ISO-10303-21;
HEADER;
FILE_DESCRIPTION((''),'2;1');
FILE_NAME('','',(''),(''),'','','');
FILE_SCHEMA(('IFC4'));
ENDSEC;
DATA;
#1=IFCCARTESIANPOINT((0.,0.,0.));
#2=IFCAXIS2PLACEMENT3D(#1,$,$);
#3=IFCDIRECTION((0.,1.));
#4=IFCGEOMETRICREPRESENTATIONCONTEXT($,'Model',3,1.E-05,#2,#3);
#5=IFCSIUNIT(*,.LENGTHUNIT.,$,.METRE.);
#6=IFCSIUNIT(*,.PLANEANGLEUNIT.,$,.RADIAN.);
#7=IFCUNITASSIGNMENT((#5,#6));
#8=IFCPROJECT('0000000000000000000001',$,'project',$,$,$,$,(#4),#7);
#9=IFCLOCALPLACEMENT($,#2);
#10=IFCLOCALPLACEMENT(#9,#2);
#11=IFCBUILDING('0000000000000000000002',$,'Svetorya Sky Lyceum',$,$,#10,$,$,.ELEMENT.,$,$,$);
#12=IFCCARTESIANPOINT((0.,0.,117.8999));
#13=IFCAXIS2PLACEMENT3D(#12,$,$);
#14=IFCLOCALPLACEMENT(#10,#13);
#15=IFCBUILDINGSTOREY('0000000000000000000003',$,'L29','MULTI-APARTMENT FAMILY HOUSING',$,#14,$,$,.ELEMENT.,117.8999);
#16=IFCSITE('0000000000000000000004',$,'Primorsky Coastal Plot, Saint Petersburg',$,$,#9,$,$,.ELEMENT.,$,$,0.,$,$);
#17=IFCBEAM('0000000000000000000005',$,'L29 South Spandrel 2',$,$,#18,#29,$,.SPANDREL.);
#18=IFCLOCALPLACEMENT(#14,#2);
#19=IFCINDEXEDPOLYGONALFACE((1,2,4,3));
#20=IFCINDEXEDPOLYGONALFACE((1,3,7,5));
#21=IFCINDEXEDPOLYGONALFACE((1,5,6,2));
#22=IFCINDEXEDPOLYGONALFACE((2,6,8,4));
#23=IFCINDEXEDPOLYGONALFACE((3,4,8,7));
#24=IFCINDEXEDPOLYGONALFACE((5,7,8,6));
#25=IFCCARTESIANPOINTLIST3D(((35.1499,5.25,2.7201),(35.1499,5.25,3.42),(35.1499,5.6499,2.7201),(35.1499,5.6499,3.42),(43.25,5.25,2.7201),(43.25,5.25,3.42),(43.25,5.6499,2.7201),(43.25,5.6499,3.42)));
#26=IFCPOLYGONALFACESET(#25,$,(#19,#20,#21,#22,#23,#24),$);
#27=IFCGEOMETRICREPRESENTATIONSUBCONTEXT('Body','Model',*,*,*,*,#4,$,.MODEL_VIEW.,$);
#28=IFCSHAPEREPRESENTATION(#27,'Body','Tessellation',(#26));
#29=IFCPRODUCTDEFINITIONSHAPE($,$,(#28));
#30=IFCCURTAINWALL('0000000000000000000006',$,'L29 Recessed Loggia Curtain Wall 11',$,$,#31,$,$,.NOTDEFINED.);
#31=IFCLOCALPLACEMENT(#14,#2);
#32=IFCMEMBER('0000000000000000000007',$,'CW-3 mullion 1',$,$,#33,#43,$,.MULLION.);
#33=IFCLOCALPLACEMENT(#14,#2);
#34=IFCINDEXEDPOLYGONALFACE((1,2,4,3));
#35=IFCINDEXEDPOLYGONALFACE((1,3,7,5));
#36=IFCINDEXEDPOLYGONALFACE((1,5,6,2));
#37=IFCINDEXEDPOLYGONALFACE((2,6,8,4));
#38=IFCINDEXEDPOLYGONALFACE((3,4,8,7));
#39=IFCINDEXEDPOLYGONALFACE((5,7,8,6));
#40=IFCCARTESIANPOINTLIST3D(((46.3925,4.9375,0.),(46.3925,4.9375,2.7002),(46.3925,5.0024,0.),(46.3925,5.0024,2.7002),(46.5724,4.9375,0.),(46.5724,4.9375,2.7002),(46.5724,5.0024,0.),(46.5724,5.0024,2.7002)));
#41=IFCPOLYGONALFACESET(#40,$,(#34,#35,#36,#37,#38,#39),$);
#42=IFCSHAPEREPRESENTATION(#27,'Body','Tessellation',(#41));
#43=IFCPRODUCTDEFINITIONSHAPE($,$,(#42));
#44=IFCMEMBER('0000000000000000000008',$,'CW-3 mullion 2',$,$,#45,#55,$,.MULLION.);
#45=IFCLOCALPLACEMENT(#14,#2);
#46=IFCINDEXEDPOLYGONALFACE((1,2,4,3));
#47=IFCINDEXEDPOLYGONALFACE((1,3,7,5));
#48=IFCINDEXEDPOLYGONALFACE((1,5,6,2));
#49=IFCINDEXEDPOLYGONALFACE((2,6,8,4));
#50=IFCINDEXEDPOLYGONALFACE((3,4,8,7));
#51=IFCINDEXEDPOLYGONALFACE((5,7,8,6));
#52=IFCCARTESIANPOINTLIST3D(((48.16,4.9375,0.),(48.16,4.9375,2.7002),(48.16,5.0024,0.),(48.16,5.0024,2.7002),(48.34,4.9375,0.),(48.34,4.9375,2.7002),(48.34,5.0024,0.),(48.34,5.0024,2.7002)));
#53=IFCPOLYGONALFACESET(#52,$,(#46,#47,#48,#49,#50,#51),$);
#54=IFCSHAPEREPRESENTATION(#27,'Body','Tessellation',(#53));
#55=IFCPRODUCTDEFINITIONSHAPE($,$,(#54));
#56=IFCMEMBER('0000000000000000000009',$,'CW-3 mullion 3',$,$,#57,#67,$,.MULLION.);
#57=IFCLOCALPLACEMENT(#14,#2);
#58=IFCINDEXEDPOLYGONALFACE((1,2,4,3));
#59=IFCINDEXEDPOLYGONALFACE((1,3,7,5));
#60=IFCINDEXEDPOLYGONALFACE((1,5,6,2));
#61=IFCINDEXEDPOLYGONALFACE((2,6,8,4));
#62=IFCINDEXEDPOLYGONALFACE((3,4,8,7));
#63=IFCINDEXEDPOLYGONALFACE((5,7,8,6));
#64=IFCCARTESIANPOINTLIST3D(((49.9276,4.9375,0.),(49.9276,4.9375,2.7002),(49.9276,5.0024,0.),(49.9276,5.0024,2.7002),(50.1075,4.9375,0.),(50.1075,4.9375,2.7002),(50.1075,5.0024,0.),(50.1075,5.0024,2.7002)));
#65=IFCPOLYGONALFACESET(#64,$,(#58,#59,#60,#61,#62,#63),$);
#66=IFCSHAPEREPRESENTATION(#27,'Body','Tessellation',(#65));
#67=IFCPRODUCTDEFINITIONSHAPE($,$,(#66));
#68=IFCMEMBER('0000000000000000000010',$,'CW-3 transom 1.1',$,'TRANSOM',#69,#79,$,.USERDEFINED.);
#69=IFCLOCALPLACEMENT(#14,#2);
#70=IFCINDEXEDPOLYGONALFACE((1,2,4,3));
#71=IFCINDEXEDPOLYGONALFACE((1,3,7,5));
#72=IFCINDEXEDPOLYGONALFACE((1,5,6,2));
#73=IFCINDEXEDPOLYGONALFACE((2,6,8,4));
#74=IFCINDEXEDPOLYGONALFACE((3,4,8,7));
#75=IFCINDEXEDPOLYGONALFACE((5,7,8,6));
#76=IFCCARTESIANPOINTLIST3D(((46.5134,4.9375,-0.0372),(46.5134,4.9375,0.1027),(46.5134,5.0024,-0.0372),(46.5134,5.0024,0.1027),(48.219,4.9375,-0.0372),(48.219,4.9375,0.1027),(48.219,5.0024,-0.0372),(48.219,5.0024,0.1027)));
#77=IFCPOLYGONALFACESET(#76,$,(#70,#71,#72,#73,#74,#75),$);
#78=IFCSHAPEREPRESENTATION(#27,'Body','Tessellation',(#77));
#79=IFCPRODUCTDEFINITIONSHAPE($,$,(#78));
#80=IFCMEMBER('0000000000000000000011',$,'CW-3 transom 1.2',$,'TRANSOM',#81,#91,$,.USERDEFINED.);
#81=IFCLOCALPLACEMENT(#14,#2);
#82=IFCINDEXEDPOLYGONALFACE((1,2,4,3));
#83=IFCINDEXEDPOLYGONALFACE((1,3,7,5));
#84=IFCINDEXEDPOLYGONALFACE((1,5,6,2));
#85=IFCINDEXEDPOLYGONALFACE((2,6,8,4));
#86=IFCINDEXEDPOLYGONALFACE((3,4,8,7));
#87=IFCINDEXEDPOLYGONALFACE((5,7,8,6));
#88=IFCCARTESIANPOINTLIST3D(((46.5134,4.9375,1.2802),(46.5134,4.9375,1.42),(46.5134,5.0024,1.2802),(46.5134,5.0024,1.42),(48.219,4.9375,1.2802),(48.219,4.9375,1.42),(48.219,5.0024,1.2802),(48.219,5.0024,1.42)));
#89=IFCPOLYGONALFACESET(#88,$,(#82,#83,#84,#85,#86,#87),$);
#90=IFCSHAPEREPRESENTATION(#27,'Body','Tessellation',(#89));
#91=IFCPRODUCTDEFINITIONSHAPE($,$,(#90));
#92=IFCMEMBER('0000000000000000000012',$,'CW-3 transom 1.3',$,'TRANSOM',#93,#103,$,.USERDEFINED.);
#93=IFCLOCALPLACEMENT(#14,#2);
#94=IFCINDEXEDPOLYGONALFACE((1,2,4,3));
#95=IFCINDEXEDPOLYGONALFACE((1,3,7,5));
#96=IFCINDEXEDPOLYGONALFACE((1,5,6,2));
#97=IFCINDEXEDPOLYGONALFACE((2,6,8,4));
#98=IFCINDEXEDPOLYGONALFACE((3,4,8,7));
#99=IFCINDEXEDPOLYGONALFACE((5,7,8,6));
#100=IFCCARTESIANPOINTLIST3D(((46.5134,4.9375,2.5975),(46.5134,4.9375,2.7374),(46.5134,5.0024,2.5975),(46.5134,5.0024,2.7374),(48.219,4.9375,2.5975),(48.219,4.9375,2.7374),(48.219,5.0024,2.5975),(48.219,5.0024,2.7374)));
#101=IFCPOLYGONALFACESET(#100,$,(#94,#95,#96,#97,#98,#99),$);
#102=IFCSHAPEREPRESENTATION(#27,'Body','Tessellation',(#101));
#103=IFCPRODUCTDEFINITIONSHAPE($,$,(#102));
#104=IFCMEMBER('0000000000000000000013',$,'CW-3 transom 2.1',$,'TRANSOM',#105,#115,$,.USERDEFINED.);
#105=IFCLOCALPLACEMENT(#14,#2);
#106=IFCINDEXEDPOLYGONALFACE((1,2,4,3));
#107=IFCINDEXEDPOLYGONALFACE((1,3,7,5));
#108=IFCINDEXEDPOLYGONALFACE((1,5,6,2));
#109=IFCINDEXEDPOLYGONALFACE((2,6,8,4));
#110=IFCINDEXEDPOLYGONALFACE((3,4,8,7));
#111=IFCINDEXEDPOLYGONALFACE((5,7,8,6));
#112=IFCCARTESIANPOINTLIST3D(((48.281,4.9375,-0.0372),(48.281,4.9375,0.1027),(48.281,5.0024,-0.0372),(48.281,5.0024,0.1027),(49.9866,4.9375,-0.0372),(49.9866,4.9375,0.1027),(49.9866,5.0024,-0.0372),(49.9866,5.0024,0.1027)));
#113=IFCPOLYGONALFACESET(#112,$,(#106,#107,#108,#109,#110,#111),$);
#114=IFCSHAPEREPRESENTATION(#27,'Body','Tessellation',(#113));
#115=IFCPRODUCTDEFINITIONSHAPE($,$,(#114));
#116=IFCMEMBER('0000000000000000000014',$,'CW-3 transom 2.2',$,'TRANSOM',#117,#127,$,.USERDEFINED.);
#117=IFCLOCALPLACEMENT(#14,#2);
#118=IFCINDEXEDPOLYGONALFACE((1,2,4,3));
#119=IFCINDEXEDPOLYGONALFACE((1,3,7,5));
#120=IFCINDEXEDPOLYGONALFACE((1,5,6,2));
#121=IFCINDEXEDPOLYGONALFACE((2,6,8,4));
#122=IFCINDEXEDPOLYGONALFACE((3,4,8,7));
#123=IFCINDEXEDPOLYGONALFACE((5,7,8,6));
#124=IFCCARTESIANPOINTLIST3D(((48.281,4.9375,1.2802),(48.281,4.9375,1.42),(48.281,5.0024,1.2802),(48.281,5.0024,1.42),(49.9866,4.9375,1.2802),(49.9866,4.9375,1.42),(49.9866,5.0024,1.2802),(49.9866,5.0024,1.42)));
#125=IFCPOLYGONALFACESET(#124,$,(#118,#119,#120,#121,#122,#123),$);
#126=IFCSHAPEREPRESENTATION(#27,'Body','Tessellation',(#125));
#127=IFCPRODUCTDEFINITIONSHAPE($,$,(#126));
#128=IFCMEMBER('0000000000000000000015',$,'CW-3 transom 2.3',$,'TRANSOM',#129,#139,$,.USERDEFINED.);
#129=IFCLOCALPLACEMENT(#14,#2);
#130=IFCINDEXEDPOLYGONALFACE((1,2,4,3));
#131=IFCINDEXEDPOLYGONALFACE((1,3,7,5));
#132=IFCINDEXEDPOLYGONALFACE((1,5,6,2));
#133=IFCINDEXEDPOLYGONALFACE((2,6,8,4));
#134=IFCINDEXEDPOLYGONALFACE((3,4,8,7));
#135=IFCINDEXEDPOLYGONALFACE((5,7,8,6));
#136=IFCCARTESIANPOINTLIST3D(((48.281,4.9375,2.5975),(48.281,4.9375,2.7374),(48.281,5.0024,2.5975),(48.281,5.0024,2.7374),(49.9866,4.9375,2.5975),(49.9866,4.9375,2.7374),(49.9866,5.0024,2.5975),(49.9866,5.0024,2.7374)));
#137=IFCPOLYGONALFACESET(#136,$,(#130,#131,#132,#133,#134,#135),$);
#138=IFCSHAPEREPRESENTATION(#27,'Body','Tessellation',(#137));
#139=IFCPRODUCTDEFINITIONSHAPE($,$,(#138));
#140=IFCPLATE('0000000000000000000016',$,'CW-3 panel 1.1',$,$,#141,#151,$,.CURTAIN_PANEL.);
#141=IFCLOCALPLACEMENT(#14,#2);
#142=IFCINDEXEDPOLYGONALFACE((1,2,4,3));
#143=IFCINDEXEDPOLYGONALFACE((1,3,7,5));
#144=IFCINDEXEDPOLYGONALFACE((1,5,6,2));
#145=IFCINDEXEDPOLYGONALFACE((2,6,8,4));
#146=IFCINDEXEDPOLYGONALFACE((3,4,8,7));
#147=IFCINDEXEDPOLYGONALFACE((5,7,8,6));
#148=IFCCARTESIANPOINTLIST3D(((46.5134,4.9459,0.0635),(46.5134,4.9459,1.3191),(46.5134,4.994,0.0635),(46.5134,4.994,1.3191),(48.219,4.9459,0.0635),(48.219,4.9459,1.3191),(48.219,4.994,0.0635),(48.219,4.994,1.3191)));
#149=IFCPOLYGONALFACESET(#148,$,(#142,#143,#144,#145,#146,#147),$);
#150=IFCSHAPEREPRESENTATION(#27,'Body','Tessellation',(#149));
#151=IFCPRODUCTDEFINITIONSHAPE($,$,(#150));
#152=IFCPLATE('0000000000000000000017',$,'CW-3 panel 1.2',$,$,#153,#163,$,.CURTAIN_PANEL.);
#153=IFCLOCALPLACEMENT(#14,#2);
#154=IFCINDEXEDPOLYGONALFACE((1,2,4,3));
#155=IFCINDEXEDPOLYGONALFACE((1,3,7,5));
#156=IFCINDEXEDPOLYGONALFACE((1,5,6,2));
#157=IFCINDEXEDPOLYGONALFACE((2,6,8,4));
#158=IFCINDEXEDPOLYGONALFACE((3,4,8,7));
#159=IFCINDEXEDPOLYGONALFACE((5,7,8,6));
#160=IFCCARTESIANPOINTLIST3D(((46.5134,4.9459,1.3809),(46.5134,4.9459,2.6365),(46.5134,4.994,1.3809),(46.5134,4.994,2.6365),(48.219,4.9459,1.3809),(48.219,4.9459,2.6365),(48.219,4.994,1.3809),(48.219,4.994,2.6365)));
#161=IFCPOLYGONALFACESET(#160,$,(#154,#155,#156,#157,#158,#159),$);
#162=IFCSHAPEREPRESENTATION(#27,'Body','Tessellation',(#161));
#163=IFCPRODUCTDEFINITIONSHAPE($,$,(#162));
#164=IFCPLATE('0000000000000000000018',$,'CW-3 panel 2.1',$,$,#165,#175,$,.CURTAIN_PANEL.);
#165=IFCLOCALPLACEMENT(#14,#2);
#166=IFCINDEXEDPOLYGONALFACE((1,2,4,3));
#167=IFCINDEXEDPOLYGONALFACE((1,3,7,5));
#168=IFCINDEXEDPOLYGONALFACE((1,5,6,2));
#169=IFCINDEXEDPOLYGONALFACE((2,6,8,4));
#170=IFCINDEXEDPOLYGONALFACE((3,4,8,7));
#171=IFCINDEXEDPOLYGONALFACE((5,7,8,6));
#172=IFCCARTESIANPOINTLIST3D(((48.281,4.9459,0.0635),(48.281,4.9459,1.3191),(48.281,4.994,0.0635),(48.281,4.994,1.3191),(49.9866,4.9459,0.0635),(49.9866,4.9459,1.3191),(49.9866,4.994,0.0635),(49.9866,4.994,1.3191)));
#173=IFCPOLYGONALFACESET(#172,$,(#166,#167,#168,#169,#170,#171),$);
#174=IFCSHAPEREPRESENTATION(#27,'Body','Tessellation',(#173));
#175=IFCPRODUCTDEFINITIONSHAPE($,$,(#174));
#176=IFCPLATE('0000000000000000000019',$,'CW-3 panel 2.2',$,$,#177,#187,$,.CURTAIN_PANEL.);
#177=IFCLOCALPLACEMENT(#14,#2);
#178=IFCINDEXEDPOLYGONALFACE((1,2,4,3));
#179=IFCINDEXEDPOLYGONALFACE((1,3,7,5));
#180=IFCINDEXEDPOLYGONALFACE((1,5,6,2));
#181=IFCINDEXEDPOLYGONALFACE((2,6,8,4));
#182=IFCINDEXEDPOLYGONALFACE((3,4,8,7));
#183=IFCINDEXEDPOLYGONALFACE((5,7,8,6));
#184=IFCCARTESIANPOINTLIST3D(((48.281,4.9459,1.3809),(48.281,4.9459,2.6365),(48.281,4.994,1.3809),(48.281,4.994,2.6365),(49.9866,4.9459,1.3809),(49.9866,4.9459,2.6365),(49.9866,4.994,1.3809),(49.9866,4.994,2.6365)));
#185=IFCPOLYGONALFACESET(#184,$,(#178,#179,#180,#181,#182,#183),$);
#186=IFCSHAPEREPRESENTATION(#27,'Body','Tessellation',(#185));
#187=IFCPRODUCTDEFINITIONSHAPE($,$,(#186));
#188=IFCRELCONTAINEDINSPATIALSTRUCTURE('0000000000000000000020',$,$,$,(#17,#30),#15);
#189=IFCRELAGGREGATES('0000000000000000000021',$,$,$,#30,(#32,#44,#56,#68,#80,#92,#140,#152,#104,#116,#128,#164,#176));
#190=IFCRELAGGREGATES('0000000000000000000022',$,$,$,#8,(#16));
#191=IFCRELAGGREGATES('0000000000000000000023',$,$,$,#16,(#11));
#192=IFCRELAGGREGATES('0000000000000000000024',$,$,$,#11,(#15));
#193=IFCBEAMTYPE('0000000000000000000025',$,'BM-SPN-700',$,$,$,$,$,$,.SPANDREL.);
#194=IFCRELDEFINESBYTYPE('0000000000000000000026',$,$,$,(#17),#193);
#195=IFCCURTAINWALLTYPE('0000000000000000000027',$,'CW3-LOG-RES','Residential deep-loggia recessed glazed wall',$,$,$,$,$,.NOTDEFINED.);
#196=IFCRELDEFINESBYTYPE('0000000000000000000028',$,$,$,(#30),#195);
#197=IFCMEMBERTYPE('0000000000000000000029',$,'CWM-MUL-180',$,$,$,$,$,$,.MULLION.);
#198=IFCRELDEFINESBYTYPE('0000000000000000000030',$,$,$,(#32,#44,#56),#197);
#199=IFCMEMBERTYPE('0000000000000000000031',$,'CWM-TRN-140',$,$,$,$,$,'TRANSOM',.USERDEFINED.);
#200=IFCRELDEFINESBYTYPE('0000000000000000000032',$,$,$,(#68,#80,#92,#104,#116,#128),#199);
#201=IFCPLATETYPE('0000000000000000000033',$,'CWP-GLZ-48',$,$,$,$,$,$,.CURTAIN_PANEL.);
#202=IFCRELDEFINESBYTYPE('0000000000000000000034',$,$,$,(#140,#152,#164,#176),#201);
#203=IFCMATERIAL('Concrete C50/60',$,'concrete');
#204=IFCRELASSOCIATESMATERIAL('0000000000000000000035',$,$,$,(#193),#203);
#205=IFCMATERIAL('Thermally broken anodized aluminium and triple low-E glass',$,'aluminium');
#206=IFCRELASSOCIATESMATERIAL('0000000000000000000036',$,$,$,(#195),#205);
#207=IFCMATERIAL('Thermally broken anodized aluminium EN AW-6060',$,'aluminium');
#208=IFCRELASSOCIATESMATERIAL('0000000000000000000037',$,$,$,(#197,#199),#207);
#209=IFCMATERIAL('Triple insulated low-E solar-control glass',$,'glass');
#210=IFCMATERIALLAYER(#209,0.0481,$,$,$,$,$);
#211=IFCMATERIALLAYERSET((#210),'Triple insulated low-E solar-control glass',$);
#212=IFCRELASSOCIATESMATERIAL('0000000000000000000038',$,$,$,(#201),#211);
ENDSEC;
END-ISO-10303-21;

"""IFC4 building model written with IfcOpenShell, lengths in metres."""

from ifc_helpers import new_model, si_unit, direction, frame, origin, origin_2d, place, context, subcontext, project, spatial, rectangle, extrude, material, layer, layer_set, material_profile, profile_set, type_object, element, aggregate, save


model = new_model("IFC4")

# Units and contexts
model_context = context("Model", 3, precision=1e-05, world=origin(), true_north=direction((0.0, 1.0)))
body_context = subcontext(model_context, "Body", "Model", "MODEL_VIEW")
ifc_project = project(units=[si_unit("LENGTHUNIT", "METRE"), si_unit("PLANEANGLEUNIT", "RADIAN")], contexts=[model_context])

# Site, building, storey
site_placement = place(None, origin())
site = spatial("IfcSite", under=ifc_project, at=site_placement, Name="Primorsky Coastal Plot, Saint Petersburg", CompositionType="ELEMENT", RefElevation=0.0)
building_placement = place(site_placement, origin())
building = spatial("IfcBuilding", under=site, at=building_placement, Name="Svetorya Sky Lyceum", CompositionType="ELEMENT")
storey_placement = place(building_placement, frame((0.0, 0.0, 117.8999)))
storey = spatial("IfcBuildingStorey", under=building, at=storey_placement, Name="L29", Description="MULTI-APARTMENT FAMILY HOUSING", CompositionType="ELEMENT", Elevation=117.8999)

# Beam
ifc_material_1 = material(Name="Concrete C50/60", Category="concrete")
ifc_material_profile_1 = material_profile(ifc_material_1, rectangle(XDim=0.3999, YDim=0.7, at=origin_2d()), Name="RC SPANDREL 400x700")
ifc_profile_set_1 = profile_set([ifc_material_profile_1], Name="Concrete C50/60")
beam_type = type_object("IfcBeamType", Name="BM-SPN-700", PredefinedType="SPANDREL", material=ifc_profile_set_1)
beam_placement = place(storey_placement, frame((35.1499, 5.45, 3.0701), z_axis=(1.0, 0.0, 0.0), x_axis=(0.0, 1.0, 0.0)))
element("IfcBeam", 1, at=beam_placement, inside=storey, type_object=beam_type, Name="L29 South Spandrel 2", PredefinedType="SPANDREL", context=body_context, shape_type="SweptSolid", body=[
    extrude(rectangle(XDim=0.3999, YDim=0.7, at=origin_2d()), origin(), (0.0, 0.0, 1.0), 8.1001),
])

# Curtain wall, members, plates
ifc_material_2 = material(Name="Thermally broken anodized aluminium and triple low-E glass", Category="aluminium")
curtain_wall_type = type_object("IfcCurtainWallType", Name="CW3-LOG-RES", Description="Residential deep-loggia recessed glazed wall", PredefinedType="NOTDEFINED", material=ifc_material_2)
curtain_wall_placement = place(storey_placement, origin())
curtain_wall = element("IfcCurtainWall", 2, at=curtain_wall_placement, inside=storey, type_object=curtain_wall_type, Name="L29 Recessed Loggia Curtain Wall 11", PredefinedType="NOTDEFINED")
ifc_material_3 = material(Name="Thermally broken anodized aluminium EN AW-6060", Category="aluminium")
ifc_material_profile_2 = material_profile(ifc_material_3, rectangle(XDim=0.0649, YDim=0.1799, at=origin_2d()), Name="ALU MULLION 65x180")
ifc_profile_set_2 = profile_set([ifc_material_profile_2], Name="Thermally broken anodized aluminium EN AW-6060")
member_type_1 = type_object("IfcMemberType", Name="CWM-MUL-180", PredefinedType="MULLION", material=ifc_profile_set_2)
member_1_placement = place(storey_placement, frame((46.4824, 4.97, 0.0), z_axis=(0.0, 0.0, 1.0), x_axis=(0.0, 1.0, 0.0)))
member_1 = element("IfcMember", 3, at=member_1_placement, type_object=member_type_1, Name="CW-3 mullion 1", PredefinedType="MULLION", context=body_context, shape_type="SweptSolid", body=[
    extrude(rectangle(XDim=0.0649, YDim=0.1799, at=origin_2d()), origin(), (0.0, 0.0, 1.0), 2.7002),
])
member_2_placement = place(storey_placement, frame((48.25, 4.97, 0.0), z_axis=(0.0, 0.0, 1.0), x_axis=(0.0, 1.0, 0.0)))
member_2 = element("IfcMember", 4, at=member_2_placement, type_object=member_type_1, Name="CW-3 mullion 2", PredefinedType="MULLION", context=body_context, shape_type="SweptSolid", body=[
    extrude(rectangle(XDim=0.0649, YDim=0.1799, at=origin_2d()), origin(), (0.0, 0.0, 1.0), 2.7002),
])
member_3_placement = place(storey_placement, frame((50.0176, 4.97, 0.0), z_axis=(0.0, 0.0, 1.0), x_axis=(0.0, 1.0, 0.0)))
member_3 = element("IfcMember", 5, at=member_3_placement, type_object=member_type_1, Name="CW-3 mullion 3", PredefinedType="MULLION", context=body_context, shape_type="SweptSolid", body=[
    extrude(rectangle(XDim=0.0649, YDim=0.1799, at=origin_2d()), origin(), (0.0, 0.0, 1.0), 2.7002),
])
ifc_material_profile_3 = material_profile(ifc_material_3, rectangle(XDim=0.0649, YDim=0.1399, at=origin_2d()), Name="ALU TRANSOM 65x140")
ifc_profile_set_3 = profile_set([ifc_material_profile_3], Name="Thermally broken anodized aluminium EN AW-6060")
member_type_2 = type_object("IfcMemberType", Name="CWM-TRN-140", ElementType="TRANSOM", PredefinedType="USERDEFINED", material=ifc_profile_set_3)
member_4_placement = place(storey_placement, frame((46.5134, 4.97, 0.0327), z_axis=(1.0, 0.0, 0.0), x_axis=(0.0, 1.0, 0.0)))
member_4 = element("IfcMember", 6, at=member_4_placement, type_object=member_type_2, Name="CW-3 transom 1.1", ObjectType="TRANSOM", PredefinedType="USERDEFINED", context=body_context, shape_type="SweptSolid", body=[
    extrude(rectangle(XDim=0.0649, YDim=0.1399, at=origin_2d()), origin(), (0.0, 0.0, 1.0), 1.7056),
])
member_5_placement = place(storey_placement, frame((46.5134, 4.97, 1.3501), z_axis=(1.0, 0.0, 0.0), x_axis=(0.0, 1.0, 0.0)))
member_5 = element("IfcMember", 7, at=member_5_placement, type_object=member_type_2, Name="CW-3 transom 1.2", ObjectType="TRANSOM", PredefinedType="USERDEFINED", context=body_context, shape_type="SweptSolid", body=[
    extrude(rectangle(XDim=0.0649, YDim=0.1399, at=origin_2d()), origin(), (0.0, 0.0, 1.0), 1.7056),
])
member_6_placement = place(storey_placement, frame((46.5134, 4.97, 2.6675), z_axis=(1.0, 0.0, 0.0), x_axis=(0.0, 1.0, 0.0)))
member_6 = element("IfcMember", 8, at=member_6_placement, type_object=member_type_2, Name="CW-3 transom 1.3", ObjectType="TRANSOM", PredefinedType="USERDEFINED", context=body_context, shape_type="SweptSolid", body=[
    extrude(rectangle(XDim=0.0649, YDim=0.1399, at=origin_2d()), origin(), (0.0, 0.0, 1.0), 1.7056),
])
member_7_placement = place(storey_placement, frame((48.281, 4.97, 0.0327), z_axis=(1.0, 0.0, 0.0), x_axis=(0.0, 1.0, 0.0)))
member_7 = element("IfcMember", 9, at=member_7_placement, type_object=member_type_2, Name="CW-3 transom 2.1", ObjectType="TRANSOM", PredefinedType="USERDEFINED", context=body_context, shape_type="SweptSolid", body=[
    extrude(rectangle(XDim=0.0649, YDim=0.1399, at=origin_2d()), origin(), (0.0, 0.0, 1.0), 1.7056),
])
member_8_placement = place(storey_placement, frame((48.281, 4.97, 1.3501), z_axis=(1.0, 0.0, 0.0), x_axis=(0.0, 1.0, 0.0)))
member_8 = element("IfcMember", 10, at=member_8_placement, type_object=member_type_2, Name="CW-3 transom 2.2", ObjectType="TRANSOM", PredefinedType="USERDEFINED", context=body_context, shape_type="SweptSolid", body=[
    extrude(rectangle(XDim=0.0649, YDim=0.1399, at=origin_2d()), origin(), (0.0, 0.0, 1.0), 1.7056),
])
member_9_placement = place(storey_placement, frame((48.281, 4.97, 2.6675), z_axis=(1.0, 0.0, 0.0), x_axis=(0.0, 1.0, 0.0)))
member_9 = element("IfcMember", 11, at=member_9_placement, type_object=member_type_2, Name="CW-3 transom 2.3", ObjectType="TRANSOM", PredefinedType="USERDEFINED", context=body_context, shape_type="SweptSolid", body=[
    extrude(rectangle(XDim=0.0649, YDim=0.1399, at=origin_2d()), origin(), (0.0, 0.0, 1.0), 1.7056),
])
ifc_material_4 = material(Name="Triple insulated low-E solar-control glass", Category="glass")
ifc_layer_1 = layer(ifc_material_4, 0.0481)
ifc_layer_set_1 = layer_set([ifc_layer_1], Name="Triple insulated low-E solar-control glass")
plate_type = type_object("IfcPlateType", Name="CWP-GLZ-48", PredefinedType="CURTAIN_PANEL", material=ifc_layer_set_1)
plate_1_placement = place(storey_placement, frame((47.3662, 4.97, 0.0635), z_axis=(0.0, 0.0, 1.0), x_axis=(1.0, 0.0, 0.0)))
plate_1 = element("IfcPlate", 12, at=plate_1_placement, type_object=plate_type, Name="CW-3 panel 1.1", PredefinedType="CURTAIN_PANEL", context=body_context, shape_type="SweptSolid", body=[
    extrude(rectangle(XDim=1.7056, YDim=0.0481, at=origin_2d()), origin(), (0.0, 0.0, 1.0), 1.2556),
])
plate_2_placement = place(storey_placement, frame((47.3662, 4.97, 1.3809), z_axis=(0.0, 0.0, 1.0), x_axis=(1.0, 0.0, 0.0)))
plate_2 = element("IfcPlate", 13, at=plate_2_placement, type_object=plate_type, Name="CW-3 panel 1.2", PredefinedType="CURTAIN_PANEL", context=body_context, shape_type="SweptSolid", body=[
    extrude(rectangle(XDim=1.7056, YDim=0.0481, at=origin_2d()), origin(), (0.0, 0.0, 1.0), 1.2556),
])
plate_3_placement = place(storey_placement, frame((49.1338, 4.97, 0.0635), z_axis=(0.0, 0.0, 1.0), x_axis=(1.0, 0.0, 0.0)))
plate_3 = element("IfcPlate", 14, at=plate_3_placement, type_object=plate_type, Name="CW-3 panel 2.1", PredefinedType="CURTAIN_PANEL", context=body_context, shape_type="SweptSolid", body=[
    extrude(rectangle(XDim=1.7056, YDim=0.0481, at=origin_2d()), origin(), (0.0, 0.0, 1.0), 1.2556),
])
plate_4_placement = place(storey_placement, frame((49.1338, 4.97, 1.3809), z_axis=(0.0, 0.0, 1.0), x_axis=(1.0, 0.0, 0.0)))
plate_4 = element("IfcPlate", 15, at=plate_4_placement, type_object=plate_type, Name="CW-3 panel 2.2", PredefinedType="CURTAIN_PANEL", context=body_context, shape_type="SweptSolid", body=[
    extrude(rectangle(XDim=1.7056, YDim=0.0481, at=origin_2d()), origin(), (0.0, 0.0, 1.0), 1.2556),
])
aggregate(curtain_wall, [member_1, member_2, member_3, member_4, member_5, member_6, plate_1, plate_2, member_7, member_8, member_9, plate_3, plate_4])

save(model, "model.ifc")
